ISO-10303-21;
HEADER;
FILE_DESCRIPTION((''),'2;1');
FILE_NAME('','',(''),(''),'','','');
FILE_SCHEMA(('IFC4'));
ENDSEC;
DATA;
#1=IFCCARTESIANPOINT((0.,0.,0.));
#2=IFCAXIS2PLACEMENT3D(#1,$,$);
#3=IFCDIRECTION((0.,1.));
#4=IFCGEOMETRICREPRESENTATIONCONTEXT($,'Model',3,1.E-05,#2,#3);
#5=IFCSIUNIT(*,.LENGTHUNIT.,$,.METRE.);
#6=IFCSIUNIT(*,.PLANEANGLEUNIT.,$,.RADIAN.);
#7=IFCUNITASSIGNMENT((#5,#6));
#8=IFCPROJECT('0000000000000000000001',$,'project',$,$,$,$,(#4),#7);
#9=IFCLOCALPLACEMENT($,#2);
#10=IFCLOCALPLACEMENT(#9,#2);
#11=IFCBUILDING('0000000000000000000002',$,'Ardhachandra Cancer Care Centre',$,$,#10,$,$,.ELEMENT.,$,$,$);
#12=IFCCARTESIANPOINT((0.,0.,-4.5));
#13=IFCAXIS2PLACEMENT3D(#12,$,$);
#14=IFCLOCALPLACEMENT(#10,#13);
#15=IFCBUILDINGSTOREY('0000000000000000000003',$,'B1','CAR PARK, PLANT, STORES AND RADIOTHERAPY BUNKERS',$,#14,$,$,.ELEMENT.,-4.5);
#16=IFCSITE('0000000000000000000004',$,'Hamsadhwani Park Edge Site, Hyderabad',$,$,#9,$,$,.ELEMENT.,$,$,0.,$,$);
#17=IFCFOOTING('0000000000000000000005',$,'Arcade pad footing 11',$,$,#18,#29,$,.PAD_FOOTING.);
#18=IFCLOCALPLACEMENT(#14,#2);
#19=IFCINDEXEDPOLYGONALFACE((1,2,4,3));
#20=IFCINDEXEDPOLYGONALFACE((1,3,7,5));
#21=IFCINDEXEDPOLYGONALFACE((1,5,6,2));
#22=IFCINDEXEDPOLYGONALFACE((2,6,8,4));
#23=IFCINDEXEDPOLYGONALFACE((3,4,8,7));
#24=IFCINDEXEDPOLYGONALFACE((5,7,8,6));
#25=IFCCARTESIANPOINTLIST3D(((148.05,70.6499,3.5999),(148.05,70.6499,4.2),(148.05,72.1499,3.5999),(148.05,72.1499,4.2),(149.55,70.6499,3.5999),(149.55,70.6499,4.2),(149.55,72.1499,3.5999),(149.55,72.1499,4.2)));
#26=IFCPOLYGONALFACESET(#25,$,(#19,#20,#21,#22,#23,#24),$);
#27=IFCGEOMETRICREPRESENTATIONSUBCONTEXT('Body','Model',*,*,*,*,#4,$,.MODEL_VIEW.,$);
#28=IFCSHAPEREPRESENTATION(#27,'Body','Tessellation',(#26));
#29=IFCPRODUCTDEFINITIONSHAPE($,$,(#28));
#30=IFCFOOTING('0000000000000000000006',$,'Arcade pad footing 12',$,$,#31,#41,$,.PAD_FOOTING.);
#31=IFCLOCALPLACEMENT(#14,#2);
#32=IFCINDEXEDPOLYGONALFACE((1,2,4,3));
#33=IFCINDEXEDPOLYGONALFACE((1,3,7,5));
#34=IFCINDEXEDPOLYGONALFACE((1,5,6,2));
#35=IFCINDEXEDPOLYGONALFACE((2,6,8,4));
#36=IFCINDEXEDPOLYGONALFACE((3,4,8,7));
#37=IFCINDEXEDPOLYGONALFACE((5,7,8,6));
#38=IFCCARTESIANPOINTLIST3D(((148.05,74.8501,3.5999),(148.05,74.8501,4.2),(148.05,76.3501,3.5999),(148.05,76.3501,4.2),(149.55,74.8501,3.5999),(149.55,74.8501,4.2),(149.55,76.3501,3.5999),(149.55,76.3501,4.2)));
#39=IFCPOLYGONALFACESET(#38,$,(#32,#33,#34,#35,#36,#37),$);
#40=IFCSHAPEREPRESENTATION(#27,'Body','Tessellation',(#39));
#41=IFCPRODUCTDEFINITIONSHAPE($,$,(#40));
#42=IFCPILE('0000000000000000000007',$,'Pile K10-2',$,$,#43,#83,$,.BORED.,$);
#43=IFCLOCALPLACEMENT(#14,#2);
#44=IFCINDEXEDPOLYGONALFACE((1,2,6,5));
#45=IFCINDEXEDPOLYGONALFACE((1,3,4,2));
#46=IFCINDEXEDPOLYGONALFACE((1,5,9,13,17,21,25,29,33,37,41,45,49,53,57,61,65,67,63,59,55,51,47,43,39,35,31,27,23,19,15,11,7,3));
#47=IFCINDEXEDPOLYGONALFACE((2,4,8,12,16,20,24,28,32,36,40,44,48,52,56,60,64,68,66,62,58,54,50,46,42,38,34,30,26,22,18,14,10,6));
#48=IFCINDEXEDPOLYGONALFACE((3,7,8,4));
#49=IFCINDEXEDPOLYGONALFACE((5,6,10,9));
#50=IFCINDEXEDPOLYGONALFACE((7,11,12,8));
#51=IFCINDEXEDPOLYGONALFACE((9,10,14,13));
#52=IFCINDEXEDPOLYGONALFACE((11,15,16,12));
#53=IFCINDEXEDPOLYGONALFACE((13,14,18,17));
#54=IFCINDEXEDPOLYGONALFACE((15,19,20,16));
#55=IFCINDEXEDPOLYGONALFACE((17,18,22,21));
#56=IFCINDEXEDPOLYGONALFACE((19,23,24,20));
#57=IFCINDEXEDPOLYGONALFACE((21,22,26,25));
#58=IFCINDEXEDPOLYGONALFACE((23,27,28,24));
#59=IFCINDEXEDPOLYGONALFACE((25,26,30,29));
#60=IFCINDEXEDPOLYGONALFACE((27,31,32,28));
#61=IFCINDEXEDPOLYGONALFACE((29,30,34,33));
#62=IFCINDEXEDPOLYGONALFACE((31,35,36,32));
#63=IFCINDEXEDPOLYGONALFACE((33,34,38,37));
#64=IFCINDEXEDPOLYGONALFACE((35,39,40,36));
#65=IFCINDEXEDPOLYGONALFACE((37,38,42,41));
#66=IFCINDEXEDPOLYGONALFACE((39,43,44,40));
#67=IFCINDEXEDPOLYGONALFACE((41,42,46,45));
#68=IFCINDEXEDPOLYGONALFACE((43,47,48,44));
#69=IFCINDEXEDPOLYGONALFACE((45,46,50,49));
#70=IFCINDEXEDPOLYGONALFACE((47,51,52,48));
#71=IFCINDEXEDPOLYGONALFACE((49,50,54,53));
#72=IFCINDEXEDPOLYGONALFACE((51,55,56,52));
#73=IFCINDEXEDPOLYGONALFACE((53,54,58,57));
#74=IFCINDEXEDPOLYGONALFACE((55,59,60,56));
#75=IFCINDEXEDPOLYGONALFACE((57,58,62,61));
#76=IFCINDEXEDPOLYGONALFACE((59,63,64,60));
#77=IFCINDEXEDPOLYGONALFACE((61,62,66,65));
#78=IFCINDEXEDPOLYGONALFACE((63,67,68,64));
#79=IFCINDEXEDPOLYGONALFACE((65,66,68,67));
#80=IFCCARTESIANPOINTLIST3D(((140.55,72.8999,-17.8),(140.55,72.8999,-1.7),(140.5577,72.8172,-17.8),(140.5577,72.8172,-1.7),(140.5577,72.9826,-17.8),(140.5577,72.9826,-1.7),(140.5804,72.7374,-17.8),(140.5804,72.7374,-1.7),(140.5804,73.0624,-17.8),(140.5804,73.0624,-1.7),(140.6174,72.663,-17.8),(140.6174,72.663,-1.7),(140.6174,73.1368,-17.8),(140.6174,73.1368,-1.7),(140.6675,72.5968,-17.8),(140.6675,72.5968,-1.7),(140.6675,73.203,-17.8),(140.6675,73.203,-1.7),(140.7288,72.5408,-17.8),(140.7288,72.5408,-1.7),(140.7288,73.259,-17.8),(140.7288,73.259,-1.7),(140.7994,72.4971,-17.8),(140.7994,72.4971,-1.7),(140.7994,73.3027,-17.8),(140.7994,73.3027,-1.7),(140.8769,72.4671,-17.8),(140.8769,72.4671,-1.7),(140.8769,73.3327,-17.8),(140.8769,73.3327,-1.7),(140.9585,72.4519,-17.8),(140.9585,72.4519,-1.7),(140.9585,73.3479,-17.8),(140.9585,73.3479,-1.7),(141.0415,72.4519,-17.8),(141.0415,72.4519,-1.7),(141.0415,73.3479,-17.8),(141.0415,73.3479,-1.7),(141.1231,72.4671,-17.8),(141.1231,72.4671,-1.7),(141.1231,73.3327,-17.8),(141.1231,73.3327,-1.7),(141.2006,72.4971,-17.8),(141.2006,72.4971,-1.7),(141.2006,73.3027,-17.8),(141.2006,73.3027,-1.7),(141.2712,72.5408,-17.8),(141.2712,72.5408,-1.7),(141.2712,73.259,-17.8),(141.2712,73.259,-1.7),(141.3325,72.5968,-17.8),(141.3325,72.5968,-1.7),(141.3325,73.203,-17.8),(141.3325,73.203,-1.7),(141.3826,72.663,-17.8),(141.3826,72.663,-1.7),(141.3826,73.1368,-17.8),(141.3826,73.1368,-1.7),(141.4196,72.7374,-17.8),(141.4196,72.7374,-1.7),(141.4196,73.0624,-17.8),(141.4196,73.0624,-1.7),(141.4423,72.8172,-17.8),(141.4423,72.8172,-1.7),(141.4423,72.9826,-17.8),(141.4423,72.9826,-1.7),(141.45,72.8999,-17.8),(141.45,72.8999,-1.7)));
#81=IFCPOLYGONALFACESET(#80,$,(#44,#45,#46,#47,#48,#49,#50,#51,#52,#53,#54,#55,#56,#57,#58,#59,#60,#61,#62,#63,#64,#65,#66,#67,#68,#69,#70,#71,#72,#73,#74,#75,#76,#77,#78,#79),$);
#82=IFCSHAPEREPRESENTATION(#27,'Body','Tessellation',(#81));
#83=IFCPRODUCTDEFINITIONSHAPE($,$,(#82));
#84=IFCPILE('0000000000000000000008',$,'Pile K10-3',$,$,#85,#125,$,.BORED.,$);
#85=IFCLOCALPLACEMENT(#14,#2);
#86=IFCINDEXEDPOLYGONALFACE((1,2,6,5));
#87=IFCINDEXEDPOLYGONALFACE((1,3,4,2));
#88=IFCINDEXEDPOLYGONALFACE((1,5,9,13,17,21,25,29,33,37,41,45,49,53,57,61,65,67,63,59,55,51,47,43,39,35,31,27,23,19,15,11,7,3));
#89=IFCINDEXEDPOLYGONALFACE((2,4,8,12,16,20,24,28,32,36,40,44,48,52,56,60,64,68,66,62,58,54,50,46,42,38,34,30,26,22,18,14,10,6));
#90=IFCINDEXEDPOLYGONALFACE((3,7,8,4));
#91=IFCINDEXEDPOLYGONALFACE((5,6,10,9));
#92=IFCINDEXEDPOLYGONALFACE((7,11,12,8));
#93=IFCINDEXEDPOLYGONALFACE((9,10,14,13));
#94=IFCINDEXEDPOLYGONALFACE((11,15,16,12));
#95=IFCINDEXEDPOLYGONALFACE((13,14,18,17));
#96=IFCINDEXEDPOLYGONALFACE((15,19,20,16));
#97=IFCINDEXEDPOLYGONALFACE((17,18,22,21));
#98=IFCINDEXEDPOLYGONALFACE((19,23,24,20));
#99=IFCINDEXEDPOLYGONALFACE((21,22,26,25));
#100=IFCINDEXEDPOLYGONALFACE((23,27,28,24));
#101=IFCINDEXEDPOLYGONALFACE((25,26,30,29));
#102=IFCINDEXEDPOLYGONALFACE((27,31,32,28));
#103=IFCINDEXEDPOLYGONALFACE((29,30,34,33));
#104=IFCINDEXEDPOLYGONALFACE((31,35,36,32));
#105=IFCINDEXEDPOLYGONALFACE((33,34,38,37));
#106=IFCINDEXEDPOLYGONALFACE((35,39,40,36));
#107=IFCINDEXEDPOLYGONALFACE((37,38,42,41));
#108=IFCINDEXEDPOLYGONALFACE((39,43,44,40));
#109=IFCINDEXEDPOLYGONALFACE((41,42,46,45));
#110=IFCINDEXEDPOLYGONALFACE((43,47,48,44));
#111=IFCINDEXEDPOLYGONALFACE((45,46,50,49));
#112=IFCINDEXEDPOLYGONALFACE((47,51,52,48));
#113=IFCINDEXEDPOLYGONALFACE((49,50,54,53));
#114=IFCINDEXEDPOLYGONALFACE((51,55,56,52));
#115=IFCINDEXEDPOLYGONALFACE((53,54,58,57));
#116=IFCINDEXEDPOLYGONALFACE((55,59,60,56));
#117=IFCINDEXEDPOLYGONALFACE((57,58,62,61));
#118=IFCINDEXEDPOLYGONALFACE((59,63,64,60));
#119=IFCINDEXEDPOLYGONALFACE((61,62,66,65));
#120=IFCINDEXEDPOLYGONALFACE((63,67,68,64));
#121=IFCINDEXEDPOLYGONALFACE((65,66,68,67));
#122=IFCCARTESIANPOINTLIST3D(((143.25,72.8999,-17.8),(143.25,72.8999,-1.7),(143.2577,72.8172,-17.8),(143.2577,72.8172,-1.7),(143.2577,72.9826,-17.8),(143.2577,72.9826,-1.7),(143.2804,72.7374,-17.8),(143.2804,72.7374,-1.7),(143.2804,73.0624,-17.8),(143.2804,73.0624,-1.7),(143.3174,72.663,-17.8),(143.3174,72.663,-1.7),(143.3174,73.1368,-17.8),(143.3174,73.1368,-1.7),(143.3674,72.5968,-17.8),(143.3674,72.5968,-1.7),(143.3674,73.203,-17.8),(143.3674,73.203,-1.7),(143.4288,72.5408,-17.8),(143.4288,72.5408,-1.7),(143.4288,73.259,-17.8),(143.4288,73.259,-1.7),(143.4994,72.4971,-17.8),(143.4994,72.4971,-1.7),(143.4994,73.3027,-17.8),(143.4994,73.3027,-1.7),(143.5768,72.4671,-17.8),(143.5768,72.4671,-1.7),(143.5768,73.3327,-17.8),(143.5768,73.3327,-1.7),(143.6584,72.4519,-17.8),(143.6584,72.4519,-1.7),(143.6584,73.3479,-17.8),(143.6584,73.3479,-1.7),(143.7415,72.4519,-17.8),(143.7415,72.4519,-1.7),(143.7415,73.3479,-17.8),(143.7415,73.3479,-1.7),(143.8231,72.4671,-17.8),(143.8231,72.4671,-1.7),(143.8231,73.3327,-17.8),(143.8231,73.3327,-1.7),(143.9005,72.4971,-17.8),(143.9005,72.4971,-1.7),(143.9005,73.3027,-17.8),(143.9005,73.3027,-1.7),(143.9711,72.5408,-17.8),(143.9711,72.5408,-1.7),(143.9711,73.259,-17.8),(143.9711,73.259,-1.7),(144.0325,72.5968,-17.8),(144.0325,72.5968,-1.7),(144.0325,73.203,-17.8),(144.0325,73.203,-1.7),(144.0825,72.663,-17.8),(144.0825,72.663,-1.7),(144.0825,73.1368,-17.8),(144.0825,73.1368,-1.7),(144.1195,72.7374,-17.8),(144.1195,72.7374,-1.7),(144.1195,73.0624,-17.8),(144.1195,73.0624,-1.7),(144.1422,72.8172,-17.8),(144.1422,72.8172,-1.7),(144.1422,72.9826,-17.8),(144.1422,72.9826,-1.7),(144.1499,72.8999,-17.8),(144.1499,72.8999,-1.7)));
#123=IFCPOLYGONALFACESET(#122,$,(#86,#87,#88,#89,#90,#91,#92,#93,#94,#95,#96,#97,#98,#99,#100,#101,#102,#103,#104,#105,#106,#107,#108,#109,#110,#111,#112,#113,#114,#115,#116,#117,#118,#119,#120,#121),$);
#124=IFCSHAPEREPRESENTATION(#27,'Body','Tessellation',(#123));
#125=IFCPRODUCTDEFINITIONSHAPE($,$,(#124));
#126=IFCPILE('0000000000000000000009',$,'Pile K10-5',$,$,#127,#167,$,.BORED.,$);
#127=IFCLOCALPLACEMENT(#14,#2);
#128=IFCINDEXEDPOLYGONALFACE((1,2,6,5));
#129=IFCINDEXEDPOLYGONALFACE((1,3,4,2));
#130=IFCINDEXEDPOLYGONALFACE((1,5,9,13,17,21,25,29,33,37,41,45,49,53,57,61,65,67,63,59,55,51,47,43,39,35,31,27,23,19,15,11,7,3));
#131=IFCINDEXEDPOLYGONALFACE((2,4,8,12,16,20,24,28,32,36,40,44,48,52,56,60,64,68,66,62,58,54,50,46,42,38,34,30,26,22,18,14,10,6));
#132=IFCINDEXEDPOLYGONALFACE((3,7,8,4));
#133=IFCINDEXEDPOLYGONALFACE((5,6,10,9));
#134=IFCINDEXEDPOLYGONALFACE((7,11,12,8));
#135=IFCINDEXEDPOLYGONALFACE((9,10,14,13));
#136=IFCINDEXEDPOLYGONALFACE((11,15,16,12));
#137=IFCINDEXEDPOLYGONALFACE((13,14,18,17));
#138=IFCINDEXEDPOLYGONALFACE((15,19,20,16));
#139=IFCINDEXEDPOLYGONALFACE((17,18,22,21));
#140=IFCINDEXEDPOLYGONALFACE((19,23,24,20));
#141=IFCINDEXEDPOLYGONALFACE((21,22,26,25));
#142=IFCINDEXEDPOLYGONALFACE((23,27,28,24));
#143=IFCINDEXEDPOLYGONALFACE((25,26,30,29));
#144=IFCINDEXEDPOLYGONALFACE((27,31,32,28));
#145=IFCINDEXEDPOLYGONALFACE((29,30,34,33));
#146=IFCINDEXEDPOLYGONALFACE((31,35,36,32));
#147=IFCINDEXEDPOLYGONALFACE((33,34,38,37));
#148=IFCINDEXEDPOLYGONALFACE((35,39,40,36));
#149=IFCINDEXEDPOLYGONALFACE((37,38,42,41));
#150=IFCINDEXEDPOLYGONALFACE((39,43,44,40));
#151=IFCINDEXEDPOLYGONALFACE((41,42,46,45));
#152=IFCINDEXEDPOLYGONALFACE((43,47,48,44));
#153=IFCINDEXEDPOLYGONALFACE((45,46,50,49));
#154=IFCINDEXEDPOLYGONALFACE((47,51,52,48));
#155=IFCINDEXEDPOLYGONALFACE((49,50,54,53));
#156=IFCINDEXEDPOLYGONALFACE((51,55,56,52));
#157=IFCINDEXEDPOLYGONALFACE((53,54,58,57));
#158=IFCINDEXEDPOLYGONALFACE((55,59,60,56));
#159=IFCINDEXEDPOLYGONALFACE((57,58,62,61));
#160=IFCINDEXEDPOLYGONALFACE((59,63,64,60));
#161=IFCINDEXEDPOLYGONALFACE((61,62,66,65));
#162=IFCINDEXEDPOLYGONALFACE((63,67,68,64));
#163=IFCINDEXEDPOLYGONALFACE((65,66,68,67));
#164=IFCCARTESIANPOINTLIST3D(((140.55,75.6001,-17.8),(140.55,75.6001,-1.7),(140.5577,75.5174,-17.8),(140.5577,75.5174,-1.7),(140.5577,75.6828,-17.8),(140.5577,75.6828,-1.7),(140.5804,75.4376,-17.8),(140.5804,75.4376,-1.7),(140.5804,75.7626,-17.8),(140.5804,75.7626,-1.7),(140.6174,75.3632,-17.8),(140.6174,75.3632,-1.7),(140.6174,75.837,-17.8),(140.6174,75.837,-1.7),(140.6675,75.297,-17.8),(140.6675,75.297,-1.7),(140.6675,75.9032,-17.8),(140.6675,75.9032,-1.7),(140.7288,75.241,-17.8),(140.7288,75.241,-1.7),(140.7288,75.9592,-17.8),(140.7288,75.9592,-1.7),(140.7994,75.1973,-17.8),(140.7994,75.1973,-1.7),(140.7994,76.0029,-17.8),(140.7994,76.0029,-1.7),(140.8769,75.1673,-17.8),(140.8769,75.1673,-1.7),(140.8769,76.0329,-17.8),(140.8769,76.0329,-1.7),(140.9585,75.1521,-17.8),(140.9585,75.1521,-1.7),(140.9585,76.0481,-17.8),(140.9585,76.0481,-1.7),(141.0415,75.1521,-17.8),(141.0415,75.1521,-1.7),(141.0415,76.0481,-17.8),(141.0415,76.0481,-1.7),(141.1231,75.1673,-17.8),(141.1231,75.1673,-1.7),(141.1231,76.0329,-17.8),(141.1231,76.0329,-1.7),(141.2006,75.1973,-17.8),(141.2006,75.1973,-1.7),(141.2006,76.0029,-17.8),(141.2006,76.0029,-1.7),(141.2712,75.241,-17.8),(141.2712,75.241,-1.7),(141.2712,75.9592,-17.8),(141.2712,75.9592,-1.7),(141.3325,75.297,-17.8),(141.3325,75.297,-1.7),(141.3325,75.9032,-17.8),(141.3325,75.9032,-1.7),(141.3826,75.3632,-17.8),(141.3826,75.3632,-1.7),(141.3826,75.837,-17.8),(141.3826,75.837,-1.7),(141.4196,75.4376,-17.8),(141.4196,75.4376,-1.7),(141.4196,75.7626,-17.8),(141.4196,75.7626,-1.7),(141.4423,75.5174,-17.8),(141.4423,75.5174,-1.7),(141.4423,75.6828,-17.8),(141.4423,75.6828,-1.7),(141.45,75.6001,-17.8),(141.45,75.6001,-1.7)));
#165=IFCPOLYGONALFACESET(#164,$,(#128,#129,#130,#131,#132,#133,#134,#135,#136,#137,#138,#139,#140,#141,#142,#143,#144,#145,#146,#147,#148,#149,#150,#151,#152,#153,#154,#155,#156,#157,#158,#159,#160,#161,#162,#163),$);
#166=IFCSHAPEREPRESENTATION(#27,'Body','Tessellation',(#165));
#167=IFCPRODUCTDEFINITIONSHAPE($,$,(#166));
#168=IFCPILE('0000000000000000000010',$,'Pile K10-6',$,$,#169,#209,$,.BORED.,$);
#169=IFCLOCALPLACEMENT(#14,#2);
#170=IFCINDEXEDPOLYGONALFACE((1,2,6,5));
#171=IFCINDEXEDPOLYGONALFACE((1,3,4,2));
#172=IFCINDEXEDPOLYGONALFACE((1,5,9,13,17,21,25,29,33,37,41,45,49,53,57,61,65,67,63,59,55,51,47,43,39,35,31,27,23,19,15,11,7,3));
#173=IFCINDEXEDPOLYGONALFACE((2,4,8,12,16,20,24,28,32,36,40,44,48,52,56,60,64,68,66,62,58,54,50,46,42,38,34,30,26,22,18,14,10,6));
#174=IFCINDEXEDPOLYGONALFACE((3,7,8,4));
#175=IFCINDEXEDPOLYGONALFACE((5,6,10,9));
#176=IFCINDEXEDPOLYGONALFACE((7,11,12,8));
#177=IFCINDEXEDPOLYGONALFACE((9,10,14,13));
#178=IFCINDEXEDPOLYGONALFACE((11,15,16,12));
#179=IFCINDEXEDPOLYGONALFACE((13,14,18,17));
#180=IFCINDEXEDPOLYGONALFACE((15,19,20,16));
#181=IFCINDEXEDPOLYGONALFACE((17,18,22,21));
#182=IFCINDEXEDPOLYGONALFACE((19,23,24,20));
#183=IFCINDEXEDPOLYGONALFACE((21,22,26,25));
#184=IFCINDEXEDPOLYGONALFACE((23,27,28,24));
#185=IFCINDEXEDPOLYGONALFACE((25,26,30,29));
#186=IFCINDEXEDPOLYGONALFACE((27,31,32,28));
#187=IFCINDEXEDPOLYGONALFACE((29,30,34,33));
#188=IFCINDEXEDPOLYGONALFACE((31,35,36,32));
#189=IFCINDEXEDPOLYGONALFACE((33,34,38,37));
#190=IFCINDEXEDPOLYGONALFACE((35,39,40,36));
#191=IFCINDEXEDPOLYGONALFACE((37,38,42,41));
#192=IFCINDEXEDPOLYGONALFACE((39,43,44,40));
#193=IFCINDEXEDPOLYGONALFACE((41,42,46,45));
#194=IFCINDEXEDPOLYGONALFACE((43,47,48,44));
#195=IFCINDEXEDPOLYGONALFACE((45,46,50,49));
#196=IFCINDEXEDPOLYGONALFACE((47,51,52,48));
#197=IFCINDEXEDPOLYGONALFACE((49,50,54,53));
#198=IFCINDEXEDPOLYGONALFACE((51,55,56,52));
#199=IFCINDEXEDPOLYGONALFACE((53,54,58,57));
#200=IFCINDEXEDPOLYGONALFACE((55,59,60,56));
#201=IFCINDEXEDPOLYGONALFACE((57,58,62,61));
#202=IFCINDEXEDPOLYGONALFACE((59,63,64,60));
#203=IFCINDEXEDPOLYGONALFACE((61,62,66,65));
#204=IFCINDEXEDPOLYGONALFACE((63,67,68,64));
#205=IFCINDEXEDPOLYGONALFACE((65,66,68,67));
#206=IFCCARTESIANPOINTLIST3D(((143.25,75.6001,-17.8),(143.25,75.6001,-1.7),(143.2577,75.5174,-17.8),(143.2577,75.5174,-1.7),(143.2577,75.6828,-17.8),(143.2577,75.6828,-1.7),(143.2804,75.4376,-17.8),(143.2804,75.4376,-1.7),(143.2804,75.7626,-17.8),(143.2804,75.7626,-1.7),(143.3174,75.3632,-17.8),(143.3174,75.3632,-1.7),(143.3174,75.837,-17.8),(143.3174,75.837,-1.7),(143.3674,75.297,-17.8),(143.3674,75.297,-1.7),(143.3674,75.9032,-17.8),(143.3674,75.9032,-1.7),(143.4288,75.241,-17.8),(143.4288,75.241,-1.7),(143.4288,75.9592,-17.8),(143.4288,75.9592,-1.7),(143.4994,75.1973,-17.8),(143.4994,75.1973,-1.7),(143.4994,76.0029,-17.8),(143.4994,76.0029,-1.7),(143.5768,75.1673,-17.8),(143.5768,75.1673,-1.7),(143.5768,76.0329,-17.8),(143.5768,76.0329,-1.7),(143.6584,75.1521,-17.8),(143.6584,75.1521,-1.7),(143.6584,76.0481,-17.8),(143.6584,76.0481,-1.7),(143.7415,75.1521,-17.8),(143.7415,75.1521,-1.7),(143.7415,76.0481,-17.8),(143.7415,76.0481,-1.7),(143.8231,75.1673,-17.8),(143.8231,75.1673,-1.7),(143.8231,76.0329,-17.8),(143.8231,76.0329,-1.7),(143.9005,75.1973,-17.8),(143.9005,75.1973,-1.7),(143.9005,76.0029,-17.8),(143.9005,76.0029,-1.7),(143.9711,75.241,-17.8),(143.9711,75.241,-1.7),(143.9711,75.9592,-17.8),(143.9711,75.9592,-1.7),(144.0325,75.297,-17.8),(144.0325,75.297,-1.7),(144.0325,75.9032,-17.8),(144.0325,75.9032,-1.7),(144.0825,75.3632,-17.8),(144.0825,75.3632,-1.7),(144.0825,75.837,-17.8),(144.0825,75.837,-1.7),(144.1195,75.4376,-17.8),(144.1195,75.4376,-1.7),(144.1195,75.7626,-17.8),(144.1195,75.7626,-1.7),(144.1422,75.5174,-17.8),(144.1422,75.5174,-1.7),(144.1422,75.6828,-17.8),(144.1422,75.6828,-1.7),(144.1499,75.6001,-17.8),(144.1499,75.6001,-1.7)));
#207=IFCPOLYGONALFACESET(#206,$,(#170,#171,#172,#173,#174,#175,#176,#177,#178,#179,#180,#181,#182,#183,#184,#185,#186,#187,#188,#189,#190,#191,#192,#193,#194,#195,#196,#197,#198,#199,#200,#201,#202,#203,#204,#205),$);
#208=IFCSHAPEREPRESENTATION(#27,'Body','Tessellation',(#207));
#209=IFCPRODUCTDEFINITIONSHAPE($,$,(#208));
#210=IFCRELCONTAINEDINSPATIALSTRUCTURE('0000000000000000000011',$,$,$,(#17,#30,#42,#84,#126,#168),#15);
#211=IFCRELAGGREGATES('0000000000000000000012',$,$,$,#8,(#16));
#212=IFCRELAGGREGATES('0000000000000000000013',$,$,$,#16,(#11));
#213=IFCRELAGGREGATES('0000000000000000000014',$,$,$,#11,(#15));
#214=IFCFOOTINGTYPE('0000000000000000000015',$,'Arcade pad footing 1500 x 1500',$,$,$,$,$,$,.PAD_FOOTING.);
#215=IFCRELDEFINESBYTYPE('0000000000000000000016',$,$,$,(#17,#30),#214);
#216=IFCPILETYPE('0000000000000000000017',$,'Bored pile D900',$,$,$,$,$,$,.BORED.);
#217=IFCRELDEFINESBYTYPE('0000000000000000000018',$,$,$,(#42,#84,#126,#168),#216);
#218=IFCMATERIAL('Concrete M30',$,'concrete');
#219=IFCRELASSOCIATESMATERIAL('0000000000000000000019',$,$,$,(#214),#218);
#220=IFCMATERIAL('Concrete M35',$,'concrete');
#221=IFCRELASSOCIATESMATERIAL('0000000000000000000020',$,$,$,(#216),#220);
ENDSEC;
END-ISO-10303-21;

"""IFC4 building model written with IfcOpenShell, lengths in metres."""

from ifc_helpers import new_model, si_unit, direction, frame, origin, origin_2d, place, context, subcontext, project, spatial, rectangle, circle, extrude, material, material_profile, profile_set, type_object, element, save


model = new_model("IFC4")

# Units and contexts
model_context = context("Model", 3, precision=1e-05, world=origin(), true_north=direction((0.0, 1.0)))
body_context = subcontext(model_context, "Body", "Model", "MODEL_VIEW")
ifc_project = project(units=[si_unit("LENGTHUNIT", "METRE"), si_unit("PLANEANGLEUNIT", "RADIAN")], contexts=[model_context])

# Site, building, storey
site_placement = place(None, origin())
site = spatial("IfcSite", under=ifc_project, at=site_placement, Name="Hamsadhwani Park Edge Site, Hyderabad", CompositionType="ELEMENT", RefElevation=0.0)
building_placement = place(site_placement, origin())
building = spatial("IfcBuilding", under=site, at=building_placement, Name="Ardhachandra Cancer Care Centre", CompositionType="ELEMENT")
storey_placement = place(building_placement, frame((0.0, 0.0, -4.5)))
storey = spatial("IfcBuildingStorey", under=building, at=storey_placement, Name="B1", Description="CAR PARK, PLANT, STORES AND RADIOTHERAPY BUNKERS", CompositionType="ELEMENT", Elevation=-4.5)

# Footings
ifc_material_1 = material(Name="Concrete M30", Category="concrete")
footing_type = type_object("IfcFootingType", Name="Arcade pad footing 1500 x 1500", PredefinedType="PAD_FOOTING", material=ifc_material_1)
for number, where, z_axis, x_axis, name in (
    (1, (148.8, 71.3999, 3.5999), (0.0, 0.0, 1.0), (1.0, 0.0, 0.0), "Arcade pad footing 11"),
    (2, (148.8, 75.6001, 3.5999), (0.0, 0.0, 1.0), (1.0, 0.0, 0.0), "Arcade pad footing 12"),
):
    element("IfcFooting", number, at=place(storey_placement, frame(where, z_axis=z_axis, x_axis=x_axis)), inside=storey, type_object=footing_type, Name=name, PredefinedType="PAD_FOOTING", context=body_context, shape_type="SweptSolid", body=[
        extrude(rectangle(XDim=1.5, YDim=1.5, at=origin_2d()), origin(), (0.0, 0.0, 1.0), 0.6001),
    ])

# Piles
ifc_material_2 = material(Name="Concrete M35", Category="concrete")
ifc_material_profile = material_profile(ifc_material_2, circle(Radius=0.45, at=origin_2d()), Name="D900")
ifc_profile_set = profile_set([ifc_material_profile], Name="Concrete M35")
pile_type = type_object("IfcPileType", Name="Bored pile D900", PredefinedType="BORED", material=ifc_profile_set)
for number, where, z_axis, x_axis, name in (
    (3, (141.0, 72.8999, -1.7), (0.0, 0.0, -1.0), (1.0, 0.0, 0.0), "Pile K10-2"),
    (4, (143.7, 72.8999, -1.7), (0.0, 0.0, -1.0), (1.0, 0.0, 0.0), "Pile K10-3"),
    (5, (141.0, 75.6001, -1.7), (0.0, 0.0, -1.0), (1.0, 0.0, 0.0), "Pile K10-5"),
    (6, (143.7, 75.6001, -1.7), (0.0, 0.0, -1.0), (1.0, 0.0, 0.0), "Pile K10-6"),
):
    element("IfcPile", number, at=place(storey_placement, frame(where, z_axis=z_axis, x_axis=x_axis)), inside=storey, type_object=pile_type, Name=name, PredefinedType="BORED", context=body_context, shape_type="SweptSolid", body=[
        extrude(circle(Radius=0.45, at=origin_2d()), origin(), (0.0, 0.0, 1.0), 16.1001),
    ])

save(model, "model.ifc")
